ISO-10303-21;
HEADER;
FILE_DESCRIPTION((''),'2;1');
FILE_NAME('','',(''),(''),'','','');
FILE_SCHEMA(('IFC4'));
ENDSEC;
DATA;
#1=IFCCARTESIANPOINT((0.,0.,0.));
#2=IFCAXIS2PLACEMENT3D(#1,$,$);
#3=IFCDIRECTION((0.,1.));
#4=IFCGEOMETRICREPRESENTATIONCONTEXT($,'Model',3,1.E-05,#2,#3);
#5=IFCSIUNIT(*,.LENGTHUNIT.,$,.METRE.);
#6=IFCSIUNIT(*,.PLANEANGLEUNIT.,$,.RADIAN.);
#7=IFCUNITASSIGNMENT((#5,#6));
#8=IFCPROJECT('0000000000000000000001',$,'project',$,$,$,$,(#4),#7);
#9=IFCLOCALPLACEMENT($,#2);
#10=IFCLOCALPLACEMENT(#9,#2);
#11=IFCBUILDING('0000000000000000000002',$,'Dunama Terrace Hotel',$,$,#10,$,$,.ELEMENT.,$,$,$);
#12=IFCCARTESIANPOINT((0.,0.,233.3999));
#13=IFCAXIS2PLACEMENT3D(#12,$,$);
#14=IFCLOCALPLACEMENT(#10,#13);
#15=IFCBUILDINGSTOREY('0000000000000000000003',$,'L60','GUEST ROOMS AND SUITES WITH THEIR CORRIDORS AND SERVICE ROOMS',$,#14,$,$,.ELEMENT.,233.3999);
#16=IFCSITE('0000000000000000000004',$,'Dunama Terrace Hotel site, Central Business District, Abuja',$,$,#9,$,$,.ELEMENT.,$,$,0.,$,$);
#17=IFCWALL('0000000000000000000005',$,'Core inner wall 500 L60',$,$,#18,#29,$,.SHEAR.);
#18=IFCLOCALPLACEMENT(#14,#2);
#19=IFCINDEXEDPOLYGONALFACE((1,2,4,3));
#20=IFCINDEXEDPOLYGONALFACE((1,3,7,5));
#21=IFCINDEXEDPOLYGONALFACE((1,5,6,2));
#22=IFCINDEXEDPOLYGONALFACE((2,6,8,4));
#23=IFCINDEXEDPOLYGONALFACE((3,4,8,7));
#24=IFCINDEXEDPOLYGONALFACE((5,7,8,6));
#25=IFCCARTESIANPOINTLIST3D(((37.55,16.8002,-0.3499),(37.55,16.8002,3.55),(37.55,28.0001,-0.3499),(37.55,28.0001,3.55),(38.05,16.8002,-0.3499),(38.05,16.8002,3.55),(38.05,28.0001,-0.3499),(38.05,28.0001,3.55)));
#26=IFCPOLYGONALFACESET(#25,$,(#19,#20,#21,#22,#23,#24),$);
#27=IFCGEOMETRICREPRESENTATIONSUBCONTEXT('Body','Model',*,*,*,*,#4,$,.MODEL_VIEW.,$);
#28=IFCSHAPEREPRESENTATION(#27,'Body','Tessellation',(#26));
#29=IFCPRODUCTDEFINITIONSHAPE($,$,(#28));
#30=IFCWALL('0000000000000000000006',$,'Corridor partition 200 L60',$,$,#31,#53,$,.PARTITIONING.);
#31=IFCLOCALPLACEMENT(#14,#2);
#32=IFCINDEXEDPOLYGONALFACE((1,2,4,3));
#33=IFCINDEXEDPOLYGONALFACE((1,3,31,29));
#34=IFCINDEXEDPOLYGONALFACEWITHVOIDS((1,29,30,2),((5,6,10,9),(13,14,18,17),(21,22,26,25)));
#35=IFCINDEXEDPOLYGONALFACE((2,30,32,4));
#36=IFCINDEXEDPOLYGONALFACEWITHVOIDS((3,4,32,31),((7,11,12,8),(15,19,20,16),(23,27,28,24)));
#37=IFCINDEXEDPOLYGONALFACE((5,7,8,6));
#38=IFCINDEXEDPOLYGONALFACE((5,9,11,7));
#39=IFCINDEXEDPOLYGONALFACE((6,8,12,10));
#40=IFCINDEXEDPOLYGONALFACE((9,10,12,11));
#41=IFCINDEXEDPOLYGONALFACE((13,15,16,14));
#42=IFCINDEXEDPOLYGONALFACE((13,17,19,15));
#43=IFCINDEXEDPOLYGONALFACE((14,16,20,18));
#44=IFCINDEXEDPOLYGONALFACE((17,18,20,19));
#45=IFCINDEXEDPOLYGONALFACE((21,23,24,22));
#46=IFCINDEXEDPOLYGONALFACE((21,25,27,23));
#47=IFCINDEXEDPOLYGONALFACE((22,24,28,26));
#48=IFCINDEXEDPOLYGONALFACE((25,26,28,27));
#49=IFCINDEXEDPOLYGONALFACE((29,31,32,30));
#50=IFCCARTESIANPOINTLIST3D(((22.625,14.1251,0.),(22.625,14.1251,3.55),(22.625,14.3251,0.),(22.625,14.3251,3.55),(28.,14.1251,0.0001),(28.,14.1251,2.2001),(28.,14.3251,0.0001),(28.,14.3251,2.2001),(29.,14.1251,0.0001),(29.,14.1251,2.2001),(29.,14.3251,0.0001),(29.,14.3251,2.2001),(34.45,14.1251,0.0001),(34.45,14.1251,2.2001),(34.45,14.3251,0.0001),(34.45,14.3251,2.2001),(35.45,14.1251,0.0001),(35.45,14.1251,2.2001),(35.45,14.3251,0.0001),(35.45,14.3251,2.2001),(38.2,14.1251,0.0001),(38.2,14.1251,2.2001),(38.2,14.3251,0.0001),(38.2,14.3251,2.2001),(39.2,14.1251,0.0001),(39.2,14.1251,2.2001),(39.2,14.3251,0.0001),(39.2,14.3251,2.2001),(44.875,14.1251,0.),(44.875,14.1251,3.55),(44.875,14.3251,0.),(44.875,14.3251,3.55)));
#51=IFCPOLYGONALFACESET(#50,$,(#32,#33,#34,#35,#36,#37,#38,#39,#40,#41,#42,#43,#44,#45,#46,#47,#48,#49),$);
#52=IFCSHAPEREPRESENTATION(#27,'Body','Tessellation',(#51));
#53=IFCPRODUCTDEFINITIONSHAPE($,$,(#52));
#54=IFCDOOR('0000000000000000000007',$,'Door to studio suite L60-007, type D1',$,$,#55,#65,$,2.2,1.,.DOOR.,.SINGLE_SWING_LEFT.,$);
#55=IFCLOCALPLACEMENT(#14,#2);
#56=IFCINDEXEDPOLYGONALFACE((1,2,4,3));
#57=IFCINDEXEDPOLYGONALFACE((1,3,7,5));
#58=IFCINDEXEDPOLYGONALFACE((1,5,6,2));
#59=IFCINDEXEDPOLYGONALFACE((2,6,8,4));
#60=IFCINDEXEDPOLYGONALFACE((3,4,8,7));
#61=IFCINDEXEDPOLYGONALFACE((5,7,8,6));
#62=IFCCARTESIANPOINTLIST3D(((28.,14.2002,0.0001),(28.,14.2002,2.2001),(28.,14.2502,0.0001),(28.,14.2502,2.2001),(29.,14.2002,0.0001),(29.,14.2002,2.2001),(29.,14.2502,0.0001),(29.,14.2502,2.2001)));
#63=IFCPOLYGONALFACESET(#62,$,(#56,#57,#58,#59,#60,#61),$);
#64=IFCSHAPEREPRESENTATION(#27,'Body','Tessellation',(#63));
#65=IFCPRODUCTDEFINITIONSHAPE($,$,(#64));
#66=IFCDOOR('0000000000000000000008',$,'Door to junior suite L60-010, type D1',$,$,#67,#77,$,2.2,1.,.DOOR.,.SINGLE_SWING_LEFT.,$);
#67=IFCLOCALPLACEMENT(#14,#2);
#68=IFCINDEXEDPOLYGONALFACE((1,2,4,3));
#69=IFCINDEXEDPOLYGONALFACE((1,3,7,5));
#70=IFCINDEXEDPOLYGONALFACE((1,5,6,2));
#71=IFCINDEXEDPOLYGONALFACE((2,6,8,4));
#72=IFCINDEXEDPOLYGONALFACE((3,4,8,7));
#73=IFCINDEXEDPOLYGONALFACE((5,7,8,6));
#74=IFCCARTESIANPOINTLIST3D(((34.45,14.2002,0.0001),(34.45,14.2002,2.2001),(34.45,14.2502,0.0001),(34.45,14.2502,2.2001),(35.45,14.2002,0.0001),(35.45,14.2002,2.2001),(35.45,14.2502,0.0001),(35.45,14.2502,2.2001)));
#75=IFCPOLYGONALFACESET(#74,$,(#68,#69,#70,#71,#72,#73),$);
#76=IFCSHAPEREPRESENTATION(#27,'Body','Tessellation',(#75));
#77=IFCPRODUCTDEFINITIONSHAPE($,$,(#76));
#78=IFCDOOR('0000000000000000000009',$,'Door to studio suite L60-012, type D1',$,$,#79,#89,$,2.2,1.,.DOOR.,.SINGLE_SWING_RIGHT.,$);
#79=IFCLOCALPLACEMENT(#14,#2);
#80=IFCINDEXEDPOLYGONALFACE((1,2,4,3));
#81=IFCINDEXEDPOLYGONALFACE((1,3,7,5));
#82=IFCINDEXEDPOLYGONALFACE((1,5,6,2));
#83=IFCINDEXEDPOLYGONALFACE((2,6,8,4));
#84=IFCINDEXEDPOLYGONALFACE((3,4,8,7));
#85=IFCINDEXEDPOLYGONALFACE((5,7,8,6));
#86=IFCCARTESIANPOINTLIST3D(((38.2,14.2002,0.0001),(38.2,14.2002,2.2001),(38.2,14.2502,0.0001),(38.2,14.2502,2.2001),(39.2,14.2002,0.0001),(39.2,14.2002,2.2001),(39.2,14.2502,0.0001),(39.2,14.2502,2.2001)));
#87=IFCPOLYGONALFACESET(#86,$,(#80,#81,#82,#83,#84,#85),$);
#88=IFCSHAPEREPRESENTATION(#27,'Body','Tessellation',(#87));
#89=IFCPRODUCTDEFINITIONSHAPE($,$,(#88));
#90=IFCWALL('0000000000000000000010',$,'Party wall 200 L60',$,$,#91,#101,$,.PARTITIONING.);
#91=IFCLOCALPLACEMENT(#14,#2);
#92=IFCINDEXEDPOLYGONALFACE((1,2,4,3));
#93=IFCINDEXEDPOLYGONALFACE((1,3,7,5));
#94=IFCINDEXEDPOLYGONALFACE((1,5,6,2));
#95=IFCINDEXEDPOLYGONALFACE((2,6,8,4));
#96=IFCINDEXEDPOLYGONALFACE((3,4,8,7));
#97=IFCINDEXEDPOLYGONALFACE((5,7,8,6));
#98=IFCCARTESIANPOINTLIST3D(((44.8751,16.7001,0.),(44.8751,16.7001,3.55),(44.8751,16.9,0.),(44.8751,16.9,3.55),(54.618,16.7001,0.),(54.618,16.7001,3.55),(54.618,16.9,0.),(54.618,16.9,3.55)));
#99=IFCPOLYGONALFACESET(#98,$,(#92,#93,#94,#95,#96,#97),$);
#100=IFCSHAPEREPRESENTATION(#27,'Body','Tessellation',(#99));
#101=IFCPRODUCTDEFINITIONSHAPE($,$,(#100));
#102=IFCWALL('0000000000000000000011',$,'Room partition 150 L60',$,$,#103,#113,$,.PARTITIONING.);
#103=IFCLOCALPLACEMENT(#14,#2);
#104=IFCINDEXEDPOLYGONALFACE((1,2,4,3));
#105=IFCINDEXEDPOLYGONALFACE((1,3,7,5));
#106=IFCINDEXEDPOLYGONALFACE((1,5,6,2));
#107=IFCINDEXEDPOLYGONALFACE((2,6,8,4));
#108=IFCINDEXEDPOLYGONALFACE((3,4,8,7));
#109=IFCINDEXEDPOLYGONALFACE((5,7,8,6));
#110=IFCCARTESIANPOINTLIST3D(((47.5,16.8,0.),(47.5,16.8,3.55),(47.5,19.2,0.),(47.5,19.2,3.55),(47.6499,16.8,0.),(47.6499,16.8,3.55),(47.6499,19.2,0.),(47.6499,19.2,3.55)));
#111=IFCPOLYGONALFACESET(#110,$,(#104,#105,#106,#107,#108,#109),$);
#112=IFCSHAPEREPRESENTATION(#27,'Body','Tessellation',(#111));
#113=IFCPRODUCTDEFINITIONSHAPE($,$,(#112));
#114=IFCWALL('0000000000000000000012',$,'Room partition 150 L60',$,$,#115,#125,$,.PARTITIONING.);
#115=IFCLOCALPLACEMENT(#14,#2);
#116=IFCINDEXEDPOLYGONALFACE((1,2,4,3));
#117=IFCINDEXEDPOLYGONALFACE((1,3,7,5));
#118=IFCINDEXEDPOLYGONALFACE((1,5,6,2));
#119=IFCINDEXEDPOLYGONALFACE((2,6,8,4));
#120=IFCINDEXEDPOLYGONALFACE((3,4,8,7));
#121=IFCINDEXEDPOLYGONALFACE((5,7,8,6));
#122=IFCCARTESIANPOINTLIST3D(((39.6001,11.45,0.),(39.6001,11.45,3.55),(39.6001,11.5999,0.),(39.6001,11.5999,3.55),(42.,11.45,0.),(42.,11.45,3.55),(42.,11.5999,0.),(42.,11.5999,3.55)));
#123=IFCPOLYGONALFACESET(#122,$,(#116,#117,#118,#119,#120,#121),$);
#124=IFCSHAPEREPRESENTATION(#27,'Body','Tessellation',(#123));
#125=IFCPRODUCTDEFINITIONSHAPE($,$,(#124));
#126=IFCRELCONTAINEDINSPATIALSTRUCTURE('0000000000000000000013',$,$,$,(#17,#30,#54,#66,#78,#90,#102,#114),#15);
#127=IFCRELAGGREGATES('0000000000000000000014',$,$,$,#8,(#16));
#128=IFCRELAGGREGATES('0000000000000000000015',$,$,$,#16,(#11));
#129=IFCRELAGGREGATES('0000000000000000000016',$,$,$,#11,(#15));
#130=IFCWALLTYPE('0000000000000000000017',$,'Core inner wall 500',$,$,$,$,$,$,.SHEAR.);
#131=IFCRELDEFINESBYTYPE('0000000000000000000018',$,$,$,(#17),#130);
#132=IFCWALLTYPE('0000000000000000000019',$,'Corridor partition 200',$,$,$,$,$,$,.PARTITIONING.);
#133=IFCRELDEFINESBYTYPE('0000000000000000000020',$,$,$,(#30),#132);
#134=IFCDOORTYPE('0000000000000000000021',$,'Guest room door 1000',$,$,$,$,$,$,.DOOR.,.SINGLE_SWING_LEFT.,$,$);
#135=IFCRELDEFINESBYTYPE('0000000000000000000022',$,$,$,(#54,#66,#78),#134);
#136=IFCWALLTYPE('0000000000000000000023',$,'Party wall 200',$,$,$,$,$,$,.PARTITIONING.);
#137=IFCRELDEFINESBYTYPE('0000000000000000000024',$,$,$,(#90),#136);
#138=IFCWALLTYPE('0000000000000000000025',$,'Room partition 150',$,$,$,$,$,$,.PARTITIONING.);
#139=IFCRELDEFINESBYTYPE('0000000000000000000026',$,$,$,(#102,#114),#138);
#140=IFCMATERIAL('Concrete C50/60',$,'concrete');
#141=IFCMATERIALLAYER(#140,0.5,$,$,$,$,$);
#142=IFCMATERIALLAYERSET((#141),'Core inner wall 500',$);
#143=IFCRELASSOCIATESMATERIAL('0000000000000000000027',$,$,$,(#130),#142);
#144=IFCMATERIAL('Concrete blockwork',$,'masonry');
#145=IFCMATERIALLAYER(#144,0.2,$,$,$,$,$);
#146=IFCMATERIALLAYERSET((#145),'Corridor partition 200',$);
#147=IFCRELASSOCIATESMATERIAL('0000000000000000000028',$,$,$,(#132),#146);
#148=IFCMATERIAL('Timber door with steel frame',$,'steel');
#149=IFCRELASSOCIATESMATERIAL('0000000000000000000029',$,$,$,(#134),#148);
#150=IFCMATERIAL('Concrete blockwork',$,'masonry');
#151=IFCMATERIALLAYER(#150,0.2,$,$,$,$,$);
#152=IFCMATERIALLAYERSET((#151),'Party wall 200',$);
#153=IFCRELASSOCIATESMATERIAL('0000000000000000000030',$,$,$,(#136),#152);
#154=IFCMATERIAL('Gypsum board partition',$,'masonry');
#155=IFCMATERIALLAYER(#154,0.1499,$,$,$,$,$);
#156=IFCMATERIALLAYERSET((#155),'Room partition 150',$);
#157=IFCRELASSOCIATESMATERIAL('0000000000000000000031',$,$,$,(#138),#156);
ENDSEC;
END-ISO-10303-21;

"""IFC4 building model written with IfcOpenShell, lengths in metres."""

from ifc_helpers import new_model, si_unit, direction, frame, frame_2d, origin, place, context, subcontext, project, spatial, rectangle, extrude, material, layer, layer_set, type_object, element, fill, save


model = new_model("IFC4")

# Units and contexts
model_context = context("Model", 3, precision=1e-05, world=origin(), true_north=direction((0.0, 1.0)))
body_context = subcontext(model_context, "Body", "Model", "MODEL_VIEW")
ifc_project = project(units=[si_unit("LENGTHUNIT", "METRE"), si_unit("PLANEANGLEUNIT", "RADIAN")], contexts=[model_context])

# Site, building, storey
site_placement = place(None, origin())
site = spatial("IfcSite", under=ifc_project, at=site_placement, Name="Dunama Terrace Hotel site, Central Business District, Abuja", CompositionType="ELEMENT", RefElevation=0.0)
building_placement = place(site_placement, origin())
building = spatial("IfcBuilding", under=site, at=building_placement, Name="Dunama Terrace Hotel", CompositionType="ELEMENT")
storey_placement = place(building_placement, frame((0.0, 0.0, 233.3999)))
storey = spatial("IfcBuildingStorey", under=building, at=storey_placement, Name="L60", Description="GUEST ROOMS AND SUITES WITH THEIR CORRIDORS AND SERVICE ROOMS", CompositionType="ELEMENT", Elevation=233.3999)

# Wall
ifc_material_1 = material(Name="Concrete C50/60", Category="concrete")
ifc_layer_1 = layer(ifc_material_1, 0.5)
ifc_layer_set_1 = layer_set([ifc_layer_1], Name="Core inner wall 500")
wall_type_1 = type_object("IfcWallType", Name="Core inner wall 500", PredefinedType="SHEAR", material=ifc_layer_set_1)
wall_1_placement = place(storey_placement, frame((37.8, 16.8, -0.3499), z_axis=(0.0, 0.0, 1.0), x_axis=(0.0, 1.0, 0.0)))
element("IfcWall", 1, at=wall_1_placement, inside=storey, type_object=wall_type_1, Name="Core inner wall 500 L60", PredefinedType="SHEAR", context=body_context, shape_type="SweptSolid", body=[
    extrude(rectangle(XDim=11.2, YDim=0.5, at=frame_2d((5.6001, 0.0))), origin(), (0.0, 0.0, 1.0), 3.8999),
])

# Wall, openings, doors
ifc_material_2 = material(Name="Concrete blockwork", Category="masonry")
ifc_layer_2 = layer(ifc_material_2, 0.2)
ifc_layer_set_2 = layer_set([ifc_layer_2], Name="Corridor partition 200")
wall_type_2 = type_object("IfcWallType", Name="Corridor partition 200", PredefinedType="PARTITIONING", material=ifc_layer_set_2)
wall_2_placement = place(storey_placement, frame((44.875, 14.2251, 0.0), z_axis=(0.0, 0.0, 1.0), x_axis=(-1.0, 0.0, 0.0)))
wall_2 = element("IfcWall", 2, at=wall_2_placement, inside=storey, type_object=wall_type_2, Name="Corridor partition 200 L60", PredefinedType="PARTITIONING", context=body_context, shape_type="SweptSolid", body=[
    extrude(rectangle(XDim=22.25, YDim=0.2, at=frame_2d((11.125, 0.0))), origin(), (0.0, 0.0, 1.0), 3.55),
])
opening_1_placement = place(wall_2_placement, frame((15.875, 0.0, 0.0)))
opening_1 = element("IfcOpeningElement", 3, at=opening_1_placement, cuts=wall_2, PredefinedType="OPENING", context=body_context, shape_type="SweptSolid", body=[
    extrude(rectangle(XDim=1.0, YDim=2.2, at=frame_2d((0.5, 1.1001))), frame((0.0, 0.1099, 0.0), z_axis=(0.0, -1.0, 0.0), x_axis=(1.0, 0.0, 0.0)), (0.0, 0.0, 1.0), 0.22),
])
opening_2_placement = place(wall_2_placement, frame((9.425, 0.0, 0.0)))
opening_2 = element("IfcOpeningElement", 4, at=opening_2_placement, cuts=wall_2, PredefinedType="OPENING", context=body_context, shape_type="SweptSolid", body=[
    extrude(rectangle(XDim=1.0, YDim=2.2, at=frame_2d((0.5, 1.1001))), frame((0.0, 0.1099, 0.0), z_axis=(0.0, -1.0, 0.0), x_axis=(1.0, 0.0, 0.0)), (0.0, 0.0, 1.0), 0.22),
])
opening_3_placement = place(wall_2_placement, frame((5.675, 0.0, 0.0)))
opening_3 = element("IfcOpeningElement", 5, at=opening_3_placement, cuts=wall_2, PredefinedType="OPENING", context=body_context, shape_type="SweptSolid", body=[
    extrude(rectangle(XDim=1.0, YDim=2.2, at=frame_2d((0.5, 1.1001))), frame((0.0, 0.1099, 0.0), z_axis=(0.0, -1.0, 0.0), x_axis=(1.0, 0.0, 0.0)), (0.0, 0.0, 1.0), 0.22),
])
ifc_material_3 = material(Name="Timber door with steel frame", Category="steel")
door_type_1 = type_object("IfcDoorType", Name="Guest room door 1000", OperationType="SINGLE_SWING_LEFT", PredefinedType="DOOR", material=ifc_material_3)
door_1_placement = place(opening_1_placement, origin())
door_1 = element("IfcDoor", 6, at=door_1_placement, inside=storey, type_object=door_type_1, Name="Door to studio suite L60-007, type D1", OperationType="SINGLE_SWING_LEFT", OverallHeight=2.2, OverallWidth=1.0, PredefinedType="DOOR", context=body_context, shape_type="SweptSolid", body=[
    extrude(rectangle(XDim=1.0, YDim=2.2, at=frame_2d((0.5, 1.1001))), frame((0.0, 0.0249, 0.0), z_axis=(0.0, -1.0, 0.0), x_axis=(1.0, 0.0, 0.0)), (0.0, 0.0, 1.0), 0.05),
])
fill(opening_1, door_1)
door_2_placement = place(opening_2_placement, origin())
door_2 = element("IfcDoor", 7, at=door_2_placement, inside=storey, type_object=door_type_1, Name="Door to junior suite L60-010, type D1", OperationType="SINGLE_SWING_LEFT", OverallHeight=2.2, OverallWidth=1.0, PredefinedType="DOOR", context=body_context, shape_type="SweptSolid", body=[
    extrude(rectangle(XDim=1.0, YDim=2.2, at=frame_2d((0.5, 1.1001))), frame((0.0, 0.0249, 0.0), z_axis=(0.0, -1.0, 0.0), x_axis=(1.0, 0.0, 0.0)), (0.0, 0.0, 1.0), 0.05),
])
fill(opening_2, door_2)
door_3_placement = place(opening_3_placement, origin())
door_3 = element("IfcDoor", 8, at=door_3_placement, inside=storey, type_object=door_type_1, Name="Door to studio suite L60-012, type D1", OperationType="SINGLE_SWING_RIGHT", OverallHeight=2.2, OverallWidth=1.0, PredefinedType="DOOR", context=body_context, shape_type="SweptSolid", body=[
    extrude(rectangle(XDim=1.0, YDim=2.2, at=frame_2d((0.5, 1.1001))), frame((0.0, 0.0249, 0.0), z_axis=(0.0, -1.0, 0.0), x_axis=(1.0, 0.0, 0.0)), (0.0, 0.0, 1.0), 0.05),
])
fill(opening_3, door_3)

# Walls
ifc_material_4 = material(Name="Concrete blockwork", Category="masonry")
ifc_layer_3 = layer(ifc_material_4, 0.2)
ifc_layer_set_3 = layer_set([ifc_layer_3], Name="Party wall 200")
wall_type_3 = type_object("IfcWallType", Name="Party wall 200", PredefinedType="PARTITIONING", material=ifc_layer_set_3)
wall_3_placement = place(storey_placement, frame((44.875, 16.8, 0.0), z_axis=(0.0, 0.0, 1.0), x_axis=(1.0, 0.0, 0.0)))
element("IfcWall", 9, at=wall_3_placement, inside=storey, type_object=wall_type_3, Name="Party wall 200 L60", PredefinedType="PARTITIONING", context=body_context, shape_type="SweptSolid", body=[
    extrude(rectangle(XDim=9.7429, YDim=0.2, at=frame_2d((4.8716, 0.0))), origin(), (0.0, 0.0, 1.0), 3.55),
])
ifc_material_5 = material(Name="Gypsum board partition", Category="masonry")
ifc_layer_4 = layer(ifc_material_5, 0.1499)
ifc_layer_set_4 = layer_set([ifc_layer_4], Name="Room partition 150")
wall_type_4 = type_object("IfcWallType", Name="Room partition 150", PredefinedType="PARTITIONING", material=ifc_layer_set_4)
for number, where, z_axis, x_axis, name in (
    (10, (47.575, 16.8, 0.0), (0.0, 0.0, 1.0), (0.0, 1.0, 0.0), "Room partition 150 L60"),
    (11, (39.6001, 11.5249, 0.0), (0.0, 0.0, 1.0), (1.0, 0.0, 0.0), "Room partition 150 L60"),
):
    element("IfcWall", number, at=place(storey_placement, frame(where, z_axis=z_axis, x_axis=x_axis)), inside=storey, type_object=wall_type_4, Name=name, PredefinedType="PARTITIONING", context=body_context, shape_type="SweptSolid", body=[
        extrude(rectangle(XDim=2.3999, YDim=0.1499, at=frame_2d((1.2, 0.0))), origin(), (0.0, 0.0, 1.0), 3.55),
    ])

save(model, "model.ifc")
